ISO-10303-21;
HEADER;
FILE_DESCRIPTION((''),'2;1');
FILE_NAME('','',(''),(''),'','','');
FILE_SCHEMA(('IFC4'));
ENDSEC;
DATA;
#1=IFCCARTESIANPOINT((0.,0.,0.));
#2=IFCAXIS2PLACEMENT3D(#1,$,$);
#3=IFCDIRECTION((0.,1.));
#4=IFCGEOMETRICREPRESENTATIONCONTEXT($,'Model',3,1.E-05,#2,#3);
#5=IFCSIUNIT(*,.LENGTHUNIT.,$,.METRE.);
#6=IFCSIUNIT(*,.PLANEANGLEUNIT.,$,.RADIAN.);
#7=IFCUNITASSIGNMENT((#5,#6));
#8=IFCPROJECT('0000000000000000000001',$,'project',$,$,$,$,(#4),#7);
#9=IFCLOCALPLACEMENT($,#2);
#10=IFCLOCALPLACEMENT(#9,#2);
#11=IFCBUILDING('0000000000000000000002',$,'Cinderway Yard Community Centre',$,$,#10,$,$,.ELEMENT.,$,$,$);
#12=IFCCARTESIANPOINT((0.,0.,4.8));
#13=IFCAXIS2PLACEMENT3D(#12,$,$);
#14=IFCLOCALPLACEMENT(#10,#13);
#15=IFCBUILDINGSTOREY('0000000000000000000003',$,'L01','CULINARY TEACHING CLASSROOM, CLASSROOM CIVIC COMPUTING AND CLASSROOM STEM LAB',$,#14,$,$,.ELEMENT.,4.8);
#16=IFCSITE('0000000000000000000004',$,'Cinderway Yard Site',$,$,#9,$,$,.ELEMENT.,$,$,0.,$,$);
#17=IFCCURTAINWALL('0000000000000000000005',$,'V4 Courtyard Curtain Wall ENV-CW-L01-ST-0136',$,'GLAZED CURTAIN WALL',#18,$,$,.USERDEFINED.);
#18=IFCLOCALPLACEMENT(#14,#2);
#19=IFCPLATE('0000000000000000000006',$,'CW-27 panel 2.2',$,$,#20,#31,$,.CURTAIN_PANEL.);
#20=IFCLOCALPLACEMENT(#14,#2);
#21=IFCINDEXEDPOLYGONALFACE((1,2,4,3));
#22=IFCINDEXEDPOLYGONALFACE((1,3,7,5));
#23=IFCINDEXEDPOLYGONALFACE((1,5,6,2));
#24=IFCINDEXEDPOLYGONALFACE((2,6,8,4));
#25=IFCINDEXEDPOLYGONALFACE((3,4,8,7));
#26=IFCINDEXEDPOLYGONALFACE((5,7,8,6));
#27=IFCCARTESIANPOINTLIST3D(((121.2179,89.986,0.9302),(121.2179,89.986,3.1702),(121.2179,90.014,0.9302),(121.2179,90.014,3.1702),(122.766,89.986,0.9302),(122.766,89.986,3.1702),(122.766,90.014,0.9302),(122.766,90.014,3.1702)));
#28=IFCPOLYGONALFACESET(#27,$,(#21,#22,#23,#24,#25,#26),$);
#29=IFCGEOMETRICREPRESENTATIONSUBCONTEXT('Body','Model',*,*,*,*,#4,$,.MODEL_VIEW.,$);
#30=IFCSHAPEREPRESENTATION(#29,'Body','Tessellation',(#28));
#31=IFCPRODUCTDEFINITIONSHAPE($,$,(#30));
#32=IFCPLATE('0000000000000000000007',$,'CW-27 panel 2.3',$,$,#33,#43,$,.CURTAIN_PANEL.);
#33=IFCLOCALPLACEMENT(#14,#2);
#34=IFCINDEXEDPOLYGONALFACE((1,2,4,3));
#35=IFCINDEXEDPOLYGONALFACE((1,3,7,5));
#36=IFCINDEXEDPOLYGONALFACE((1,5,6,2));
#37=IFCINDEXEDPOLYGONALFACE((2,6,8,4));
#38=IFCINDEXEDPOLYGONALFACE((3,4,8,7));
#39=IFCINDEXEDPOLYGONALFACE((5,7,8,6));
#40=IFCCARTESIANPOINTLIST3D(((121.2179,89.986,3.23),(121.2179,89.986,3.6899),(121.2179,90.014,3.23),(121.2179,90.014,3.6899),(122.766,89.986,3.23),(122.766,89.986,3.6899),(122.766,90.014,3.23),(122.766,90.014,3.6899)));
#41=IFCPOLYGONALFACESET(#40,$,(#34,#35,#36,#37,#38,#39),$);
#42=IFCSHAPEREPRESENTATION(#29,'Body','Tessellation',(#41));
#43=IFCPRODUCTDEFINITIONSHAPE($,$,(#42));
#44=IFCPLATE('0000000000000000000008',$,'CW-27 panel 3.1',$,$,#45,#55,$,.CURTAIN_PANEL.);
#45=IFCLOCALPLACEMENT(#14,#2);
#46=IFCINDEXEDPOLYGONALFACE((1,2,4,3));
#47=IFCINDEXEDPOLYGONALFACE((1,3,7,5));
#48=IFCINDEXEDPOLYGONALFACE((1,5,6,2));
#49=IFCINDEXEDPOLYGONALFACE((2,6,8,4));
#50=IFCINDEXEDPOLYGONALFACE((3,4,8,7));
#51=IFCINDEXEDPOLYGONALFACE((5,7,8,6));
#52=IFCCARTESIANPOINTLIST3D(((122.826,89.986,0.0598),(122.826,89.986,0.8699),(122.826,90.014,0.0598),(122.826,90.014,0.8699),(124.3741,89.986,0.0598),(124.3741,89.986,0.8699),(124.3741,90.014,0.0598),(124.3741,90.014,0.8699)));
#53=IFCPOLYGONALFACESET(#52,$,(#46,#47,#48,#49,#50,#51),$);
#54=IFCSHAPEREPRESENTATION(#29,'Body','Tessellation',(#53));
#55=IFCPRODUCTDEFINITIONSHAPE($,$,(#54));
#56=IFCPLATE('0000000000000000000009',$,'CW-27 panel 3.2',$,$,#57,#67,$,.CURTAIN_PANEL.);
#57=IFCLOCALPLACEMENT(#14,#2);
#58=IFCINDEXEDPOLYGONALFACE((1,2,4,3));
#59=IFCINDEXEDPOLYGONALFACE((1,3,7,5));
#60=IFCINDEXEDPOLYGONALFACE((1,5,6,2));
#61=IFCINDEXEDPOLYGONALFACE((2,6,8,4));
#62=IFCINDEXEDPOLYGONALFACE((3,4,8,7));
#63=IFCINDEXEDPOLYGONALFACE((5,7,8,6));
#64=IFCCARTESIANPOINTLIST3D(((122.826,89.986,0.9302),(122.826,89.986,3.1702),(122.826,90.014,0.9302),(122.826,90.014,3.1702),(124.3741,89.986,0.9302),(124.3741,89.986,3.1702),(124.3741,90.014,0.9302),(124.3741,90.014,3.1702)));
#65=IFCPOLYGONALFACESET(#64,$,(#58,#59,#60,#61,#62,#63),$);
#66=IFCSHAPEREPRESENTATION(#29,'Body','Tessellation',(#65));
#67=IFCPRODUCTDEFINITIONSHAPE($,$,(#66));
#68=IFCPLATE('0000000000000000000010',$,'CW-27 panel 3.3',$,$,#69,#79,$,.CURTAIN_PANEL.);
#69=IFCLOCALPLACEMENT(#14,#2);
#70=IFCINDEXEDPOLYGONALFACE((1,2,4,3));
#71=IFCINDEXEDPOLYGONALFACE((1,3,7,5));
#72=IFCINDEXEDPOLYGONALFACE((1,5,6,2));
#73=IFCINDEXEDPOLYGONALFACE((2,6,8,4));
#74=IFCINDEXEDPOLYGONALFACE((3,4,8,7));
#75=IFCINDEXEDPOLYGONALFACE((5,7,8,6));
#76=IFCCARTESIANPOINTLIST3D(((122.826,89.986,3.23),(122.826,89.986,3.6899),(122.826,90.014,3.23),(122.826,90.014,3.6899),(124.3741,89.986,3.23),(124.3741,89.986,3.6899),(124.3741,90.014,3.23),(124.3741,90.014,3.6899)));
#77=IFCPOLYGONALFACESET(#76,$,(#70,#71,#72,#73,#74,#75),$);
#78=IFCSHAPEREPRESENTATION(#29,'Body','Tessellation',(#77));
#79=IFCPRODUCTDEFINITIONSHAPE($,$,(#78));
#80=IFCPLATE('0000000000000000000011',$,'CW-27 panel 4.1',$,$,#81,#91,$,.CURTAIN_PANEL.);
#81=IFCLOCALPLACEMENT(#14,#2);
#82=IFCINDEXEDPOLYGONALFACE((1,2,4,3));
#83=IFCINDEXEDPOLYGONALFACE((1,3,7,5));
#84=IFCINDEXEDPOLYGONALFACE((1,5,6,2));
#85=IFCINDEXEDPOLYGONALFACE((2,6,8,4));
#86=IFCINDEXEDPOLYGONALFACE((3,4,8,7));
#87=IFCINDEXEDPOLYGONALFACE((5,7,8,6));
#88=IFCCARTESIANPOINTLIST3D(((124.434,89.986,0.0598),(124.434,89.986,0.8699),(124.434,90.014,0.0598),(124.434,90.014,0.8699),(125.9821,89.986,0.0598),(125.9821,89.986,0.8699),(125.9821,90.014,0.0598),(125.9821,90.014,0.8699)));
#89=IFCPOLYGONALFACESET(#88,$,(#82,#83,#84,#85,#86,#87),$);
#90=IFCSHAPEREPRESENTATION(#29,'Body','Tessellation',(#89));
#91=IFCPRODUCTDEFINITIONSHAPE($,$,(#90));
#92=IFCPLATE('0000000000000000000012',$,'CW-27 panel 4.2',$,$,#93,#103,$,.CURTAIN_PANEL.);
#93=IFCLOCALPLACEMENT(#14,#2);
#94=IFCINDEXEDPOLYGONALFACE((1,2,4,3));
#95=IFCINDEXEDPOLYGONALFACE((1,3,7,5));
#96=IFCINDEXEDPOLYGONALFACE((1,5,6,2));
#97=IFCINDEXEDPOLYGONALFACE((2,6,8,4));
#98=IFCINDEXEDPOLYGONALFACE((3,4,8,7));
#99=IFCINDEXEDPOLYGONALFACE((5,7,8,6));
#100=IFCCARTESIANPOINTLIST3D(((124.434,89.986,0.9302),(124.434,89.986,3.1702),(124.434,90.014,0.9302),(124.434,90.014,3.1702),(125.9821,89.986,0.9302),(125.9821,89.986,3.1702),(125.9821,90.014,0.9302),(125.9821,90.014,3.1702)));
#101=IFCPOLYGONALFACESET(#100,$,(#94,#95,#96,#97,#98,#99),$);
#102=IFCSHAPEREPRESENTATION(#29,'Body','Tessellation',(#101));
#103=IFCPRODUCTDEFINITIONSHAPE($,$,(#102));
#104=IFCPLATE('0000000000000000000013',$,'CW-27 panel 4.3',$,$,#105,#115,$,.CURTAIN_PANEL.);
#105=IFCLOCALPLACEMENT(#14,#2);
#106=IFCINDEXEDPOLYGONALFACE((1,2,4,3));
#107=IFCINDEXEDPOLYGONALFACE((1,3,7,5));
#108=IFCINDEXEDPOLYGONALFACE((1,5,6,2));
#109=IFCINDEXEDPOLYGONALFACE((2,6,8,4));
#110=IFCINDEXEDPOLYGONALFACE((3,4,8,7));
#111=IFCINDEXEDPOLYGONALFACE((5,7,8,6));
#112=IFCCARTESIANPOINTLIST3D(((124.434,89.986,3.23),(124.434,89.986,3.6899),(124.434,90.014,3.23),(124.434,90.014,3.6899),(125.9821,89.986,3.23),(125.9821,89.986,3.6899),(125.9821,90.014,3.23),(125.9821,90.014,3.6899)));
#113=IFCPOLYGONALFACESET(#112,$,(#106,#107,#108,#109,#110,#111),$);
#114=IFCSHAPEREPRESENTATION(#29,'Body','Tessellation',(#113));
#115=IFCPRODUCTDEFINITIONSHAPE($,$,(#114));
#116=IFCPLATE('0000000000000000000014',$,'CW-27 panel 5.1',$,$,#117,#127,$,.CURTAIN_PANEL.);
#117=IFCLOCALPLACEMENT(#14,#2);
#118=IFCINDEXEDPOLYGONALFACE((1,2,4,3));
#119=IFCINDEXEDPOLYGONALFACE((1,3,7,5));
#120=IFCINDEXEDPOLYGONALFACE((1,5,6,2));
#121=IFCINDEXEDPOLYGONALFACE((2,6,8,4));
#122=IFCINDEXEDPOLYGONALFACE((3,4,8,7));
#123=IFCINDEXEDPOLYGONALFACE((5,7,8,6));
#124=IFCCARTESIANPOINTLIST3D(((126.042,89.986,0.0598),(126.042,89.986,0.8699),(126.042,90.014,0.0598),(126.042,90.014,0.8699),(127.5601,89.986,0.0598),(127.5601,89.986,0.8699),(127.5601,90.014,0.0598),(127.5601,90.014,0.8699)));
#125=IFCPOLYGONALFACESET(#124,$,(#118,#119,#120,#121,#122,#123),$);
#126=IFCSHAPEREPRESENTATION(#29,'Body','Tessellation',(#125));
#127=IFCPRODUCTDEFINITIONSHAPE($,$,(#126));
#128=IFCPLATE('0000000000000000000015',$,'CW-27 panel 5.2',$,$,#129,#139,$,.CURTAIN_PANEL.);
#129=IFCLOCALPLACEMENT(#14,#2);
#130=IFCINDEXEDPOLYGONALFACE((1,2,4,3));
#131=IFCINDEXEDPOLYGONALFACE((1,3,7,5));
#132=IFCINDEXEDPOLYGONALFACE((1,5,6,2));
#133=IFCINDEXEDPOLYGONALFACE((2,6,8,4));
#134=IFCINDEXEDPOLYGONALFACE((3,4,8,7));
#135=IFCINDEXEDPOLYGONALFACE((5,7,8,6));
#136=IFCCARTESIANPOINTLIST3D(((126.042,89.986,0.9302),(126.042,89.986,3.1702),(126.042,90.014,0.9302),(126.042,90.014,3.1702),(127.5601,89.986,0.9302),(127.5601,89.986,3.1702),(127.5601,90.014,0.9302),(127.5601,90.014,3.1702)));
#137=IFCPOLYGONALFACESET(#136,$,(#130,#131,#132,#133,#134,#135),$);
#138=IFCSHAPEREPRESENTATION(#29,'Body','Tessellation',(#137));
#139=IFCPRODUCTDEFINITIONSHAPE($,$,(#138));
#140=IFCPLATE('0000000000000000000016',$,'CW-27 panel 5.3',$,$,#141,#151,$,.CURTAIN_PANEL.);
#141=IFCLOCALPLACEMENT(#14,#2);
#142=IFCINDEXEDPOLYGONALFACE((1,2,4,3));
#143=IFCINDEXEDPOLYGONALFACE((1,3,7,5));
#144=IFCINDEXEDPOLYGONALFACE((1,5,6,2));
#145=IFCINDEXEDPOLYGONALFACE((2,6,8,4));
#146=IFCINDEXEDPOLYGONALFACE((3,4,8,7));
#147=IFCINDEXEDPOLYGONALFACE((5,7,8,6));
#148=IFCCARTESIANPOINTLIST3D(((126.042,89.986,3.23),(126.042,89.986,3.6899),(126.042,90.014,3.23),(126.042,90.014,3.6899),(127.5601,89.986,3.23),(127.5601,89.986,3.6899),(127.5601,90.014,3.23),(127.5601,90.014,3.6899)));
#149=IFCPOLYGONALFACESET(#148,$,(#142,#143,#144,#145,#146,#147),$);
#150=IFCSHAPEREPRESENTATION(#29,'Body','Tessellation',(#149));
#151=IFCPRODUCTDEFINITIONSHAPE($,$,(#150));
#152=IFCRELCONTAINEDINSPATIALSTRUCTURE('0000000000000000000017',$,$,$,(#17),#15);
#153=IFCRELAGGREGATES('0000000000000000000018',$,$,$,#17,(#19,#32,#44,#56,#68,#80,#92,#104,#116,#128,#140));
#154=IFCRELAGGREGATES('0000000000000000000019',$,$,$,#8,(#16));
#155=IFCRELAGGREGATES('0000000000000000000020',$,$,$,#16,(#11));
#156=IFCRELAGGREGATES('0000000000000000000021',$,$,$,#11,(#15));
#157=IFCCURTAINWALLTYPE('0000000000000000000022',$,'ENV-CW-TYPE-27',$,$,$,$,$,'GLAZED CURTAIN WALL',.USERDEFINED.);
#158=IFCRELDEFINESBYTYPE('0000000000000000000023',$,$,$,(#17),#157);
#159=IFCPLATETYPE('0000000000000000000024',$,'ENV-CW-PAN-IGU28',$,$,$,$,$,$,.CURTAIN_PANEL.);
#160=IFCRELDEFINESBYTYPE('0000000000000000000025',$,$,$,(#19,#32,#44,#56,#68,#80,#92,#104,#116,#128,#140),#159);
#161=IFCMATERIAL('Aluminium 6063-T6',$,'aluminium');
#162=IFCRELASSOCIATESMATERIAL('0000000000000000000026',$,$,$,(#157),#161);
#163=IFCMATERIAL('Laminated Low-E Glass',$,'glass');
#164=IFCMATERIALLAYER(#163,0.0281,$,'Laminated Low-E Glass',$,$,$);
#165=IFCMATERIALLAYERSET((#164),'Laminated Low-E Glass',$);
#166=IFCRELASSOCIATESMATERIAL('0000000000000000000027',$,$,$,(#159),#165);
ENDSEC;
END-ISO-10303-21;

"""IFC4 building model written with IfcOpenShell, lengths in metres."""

from ifc_helpers import new_model, si_unit, direction, frame, origin, origin_2d, place, context, subcontext, project, spatial, rectangle, extrude, material, layer, layer_set, type_object, element, aggregate, save


model = new_model("IFC4")

# Units and contexts
model_context = context("Model", 3, precision=1e-05, world=origin(), true_north=direction((0.0, 1.0)))
body_context = subcontext(model_context, "Body", "Model", "MODEL_VIEW")
ifc_project = project(units=[si_unit("LENGTHUNIT", "METRE"), si_unit("PLANEANGLEUNIT", "RADIAN")], contexts=[model_context])

# Site, building, storey
site_placement = place(None, origin())
site = spatial("IfcSite", under=ifc_project, at=site_placement, Name="Cinderway Yard Site", CompositionType="ELEMENT", RefElevation=0.0)
building_placement = place(site_placement, origin())
building = spatial("IfcBuilding", under=site, at=building_placement, Name="Cinderway Yard Community Centre", CompositionType="ELEMENT")
storey_placement = place(building_placement, frame((0.0, 0.0, 4.8)))
storey = spatial("IfcBuildingStorey", under=building, at=storey_placement, Name="L01", Description="CULINARY TEACHING CLASSROOM, CLASSROOM CIVIC COMPUTING AND CLASSROOM STEM LAB", CompositionType="ELEMENT", Elevation=4.8)

# Curtain wall
ifc_material_1 = material(Name="Aluminium 6063-T6", Category="aluminium")
curtain_wall_type = type_object("IfcCurtainWallType", Name="ENV-CW-TYPE-27", ElementType="GLAZED CURTAIN WALL", PredefinedType="USERDEFINED", material=ifc_material_1)
curtain_wall_1_placement = place(storey_placement, origin())
curtain_wall_1 = element("IfcCurtainWall", 1, at=curtain_wall_1_placement, inside=storey, type_object=curtain_wall_type, Name="V4 Courtyard Curtain Wall ENV-CW-L01-ST-0136", ObjectType="GLAZED CURTAIN WALL", PredefinedType="USERDEFINED")

# Plates
ifc_material_2 = material(Name="Laminated Low-E Glass", Category="glass")
ifc_layer = layer(ifc_material_2, 0.0281, Name="Laminated Low-E Glass")
ifc_layer_set = layer_set([ifc_layer], Name="Laminated Low-E Glass")
plate_type = type_object("IfcPlateType", Name="ENV-CW-PAN-IGU28", PredefinedType="CURTAIN_PANEL", material=ifc_layer_set)
plate_1_placement = place(storey_placement, frame((121.9919, 90.0, 0.9302), z_axis=(0.0, 0.0, 1.0), x_axis=(1.0, 0.0, 0.0)))
plate_1 = element("IfcPlate", 2, at=plate_1_placement, type_object=plate_type, Name="CW-27 panel 2.2", PredefinedType="CURTAIN_PANEL", context=body_context, shape_type="SweptSolid", body=[
    extrude(rectangle(XDim=1.5481, YDim=0.0281, at=origin_2d()), origin(), (0.0, 0.0, 1.0), 2.24),
])
plate_2_placement = place(storey_placement, frame((121.9919, 90.0, 3.23), z_axis=(0.0, 0.0, 1.0), x_axis=(1.0, 0.0, 0.0)))
plate_2 = element("IfcPlate", 3, at=plate_2_placement, type_object=plate_type, Name="CW-27 panel 2.3", PredefinedType="CURTAIN_PANEL", context=body_context, shape_type="SweptSolid", body=[
    extrude(rectangle(XDim=1.5481, YDim=0.0281, at=origin_2d()), origin(), (0.0, 0.0, 1.0), 0.46),
])
plate_3_placement = place(storey_placement, frame((123.6001, 90.0, 0.0598), z_axis=(0.0, 0.0, 1.0), x_axis=(1.0, 0.0, 0.0)))
plate_3 = element("IfcPlate", 4, at=plate_3_placement, type_object=plate_type, Name="CW-27 panel 3.1", PredefinedType="CURTAIN_PANEL", context=body_context, shape_type="SweptSolid", body=[
    extrude(rectangle(XDim=1.5481, YDim=0.0281, at=origin_2d()), origin(), (0.0, 0.0, 1.0), 0.8101),
])
plate_4_placement = place(storey_placement, frame((123.6001, 90.0, 0.9302), z_axis=(0.0, 0.0, 1.0), x_axis=(1.0, 0.0, 0.0)))
plate_4 = element("IfcPlate", 5, at=plate_4_placement, type_object=plate_type, Name="CW-27 panel 3.2", PredefinedType="CURTAIN_PANEL", context=body_context, shape_type="SweptSolid", body=[
    extrude(rectangle(XDim=1.5481, YDim=0.0281, at=origin_2d()), origin(), (0.0, 0.0, 1.0), 2.24),
])
plate_5_placement = place(storey_placement, frame((123.6001, 90.0, 3.23), z_axis=(0.0, 0.0, 1.0), x_axis=(1.0, 0.0, 0.0)))
plate_5 = element("IfcPlate", 6, at=plate_5_placement, type_object=plate_type, Name="CW-27 panel 3.3", PredefinedType="CURTAIN_PANEL", context=body_context, shape_type="SweptSolid", body=[
    extrude(rectangle(XDim=1.5481, YDim=0.0281, at=origin_2d()), origin(), (0.0, 0.0, 1.0), 0.46),
])
plate_6_placement = place(storey_placement, frame((125.208, 90.0, 0.0598), z_axis=(0.0, 0.0, 1.0), x_axis=(1.0, 0.0, 0.0)))
plate_6 = element("IfcPlate", 7, at=plate_6_placement, type_object=plate_type, Name="CW-27 panel 4.1", PredefinedType="CURTAIN_PANEL", context=body_context, shape_type="SweptSolid", body=[
    extrude(rectangle(XDim=1.5481, YDim=0.0281, at=origin_2d()), origin(), (0.0, 0.0, 1.0), 0.8101),
])
plate_7_placement = place(storey_placement, frame((125.208, 90.0, 0.9302), z_axis=(0.0, 0.0, 1.0), x_axis=(1.0, 0.0, 0.0)))
plate_7 = element("IfcPlate", 8, at=plate_7_placement, type_object=plate_type, Name="CW-27 panel 4.2", PredefinedType="CURTAIN_PANEL", context=body_context, shape_type="SweptSolid", body=[
    extrude(rectangle(XDim=1.5481, YDim=0.0281, at=origin_2d()), origin(), (0.0, 0.0, 1.0), 2.24),
])
plate_8_placement = place(storey_placement, frame((125.208, 90.0, 3.23), z_axis=(0.0, 0.0, 1.0), x_axis=(1.0, 0.0, 0.0)))
plate_8 = element("IfcPlate", 9, at=plate_8_placement, type_object=plate_type, Name="CW-27 panel 4.3", PredefinedType="CURTAIN_PANEL", context=body_context, shape_type="SweptSolid", body=[
    extrude(rectangle(XDim=1.5481, YDim=0.0281, at=origin_2d()), origin(), (0.0, 0.0, 1.0), 0.46),
])
plate_9_placement = place(storey_placement, frame((126.801, 90.0, 0.0598), z_axis=(0.0, 0.0, 1.0), x_axis=(1.0, 0.0, 0.0)))
plate_9 = element("IfcPlate", 10, at=plate_9_placement, type_object=plate_type, Name="CW-27 panel 5.1", PredefinedType="CURTAIN_PANEL", context=body_context, shape_type="SweptSolid", body=[
    extrude(rectangle(XDim=1.5181, YDim=0.0281, at=origin_2d()), origin(), (0.0, 0.0, 1.0), 0.8101),
])
plate_10_placement = place(storey_placement, frame((126.801, 90.0, 0.9302), z_axis=(0.0, 0.0, 1.0), x_axis=(1.0, 0.0, 0.0)))
plate_10 = element("IfcPlate", 11, at=plate_10_placement, type_object=plate_type, Name="CW-27 panel 5.2", PredefinedType="CURTAIN_PANEL", context=body_context, shape_type="SweptSolid", body=[
    extrude(rectangle(XDim=1.5181, YDim=0.0281, at=origin_2d()), origin(), (0.0, 0.0, 1.0), 2.24),
])
plate_11_placement = place(storey_placement, frame((126.801, 90.0, 3.23), z_axis=(0.0, 0.0, 1.0), x_axis=(1.0, 0.0, 0.0)))
plate_11 = element("IfcPlate", 12, at=plate_11_placement, type_object=plate_type, Name="CW-27 panel 5.3", PredefinedType="CURTAIN_PANEL", context=body_context, shape_type="SweptSolid", body=[
    extrude(rectangle(XDim=1.5181, YDim=0.0281, at=origin_2d()), origin(), (0.0, 0.0, 1.0), 0.46),
])
aggregate(curtain_wall_1, [plate_1, plate_2, plate_3, plate_4, plate_5, plate_6, plate_7, plate_8, plate_9, plate_10, plate_11])

save(model, "model.ifc")
